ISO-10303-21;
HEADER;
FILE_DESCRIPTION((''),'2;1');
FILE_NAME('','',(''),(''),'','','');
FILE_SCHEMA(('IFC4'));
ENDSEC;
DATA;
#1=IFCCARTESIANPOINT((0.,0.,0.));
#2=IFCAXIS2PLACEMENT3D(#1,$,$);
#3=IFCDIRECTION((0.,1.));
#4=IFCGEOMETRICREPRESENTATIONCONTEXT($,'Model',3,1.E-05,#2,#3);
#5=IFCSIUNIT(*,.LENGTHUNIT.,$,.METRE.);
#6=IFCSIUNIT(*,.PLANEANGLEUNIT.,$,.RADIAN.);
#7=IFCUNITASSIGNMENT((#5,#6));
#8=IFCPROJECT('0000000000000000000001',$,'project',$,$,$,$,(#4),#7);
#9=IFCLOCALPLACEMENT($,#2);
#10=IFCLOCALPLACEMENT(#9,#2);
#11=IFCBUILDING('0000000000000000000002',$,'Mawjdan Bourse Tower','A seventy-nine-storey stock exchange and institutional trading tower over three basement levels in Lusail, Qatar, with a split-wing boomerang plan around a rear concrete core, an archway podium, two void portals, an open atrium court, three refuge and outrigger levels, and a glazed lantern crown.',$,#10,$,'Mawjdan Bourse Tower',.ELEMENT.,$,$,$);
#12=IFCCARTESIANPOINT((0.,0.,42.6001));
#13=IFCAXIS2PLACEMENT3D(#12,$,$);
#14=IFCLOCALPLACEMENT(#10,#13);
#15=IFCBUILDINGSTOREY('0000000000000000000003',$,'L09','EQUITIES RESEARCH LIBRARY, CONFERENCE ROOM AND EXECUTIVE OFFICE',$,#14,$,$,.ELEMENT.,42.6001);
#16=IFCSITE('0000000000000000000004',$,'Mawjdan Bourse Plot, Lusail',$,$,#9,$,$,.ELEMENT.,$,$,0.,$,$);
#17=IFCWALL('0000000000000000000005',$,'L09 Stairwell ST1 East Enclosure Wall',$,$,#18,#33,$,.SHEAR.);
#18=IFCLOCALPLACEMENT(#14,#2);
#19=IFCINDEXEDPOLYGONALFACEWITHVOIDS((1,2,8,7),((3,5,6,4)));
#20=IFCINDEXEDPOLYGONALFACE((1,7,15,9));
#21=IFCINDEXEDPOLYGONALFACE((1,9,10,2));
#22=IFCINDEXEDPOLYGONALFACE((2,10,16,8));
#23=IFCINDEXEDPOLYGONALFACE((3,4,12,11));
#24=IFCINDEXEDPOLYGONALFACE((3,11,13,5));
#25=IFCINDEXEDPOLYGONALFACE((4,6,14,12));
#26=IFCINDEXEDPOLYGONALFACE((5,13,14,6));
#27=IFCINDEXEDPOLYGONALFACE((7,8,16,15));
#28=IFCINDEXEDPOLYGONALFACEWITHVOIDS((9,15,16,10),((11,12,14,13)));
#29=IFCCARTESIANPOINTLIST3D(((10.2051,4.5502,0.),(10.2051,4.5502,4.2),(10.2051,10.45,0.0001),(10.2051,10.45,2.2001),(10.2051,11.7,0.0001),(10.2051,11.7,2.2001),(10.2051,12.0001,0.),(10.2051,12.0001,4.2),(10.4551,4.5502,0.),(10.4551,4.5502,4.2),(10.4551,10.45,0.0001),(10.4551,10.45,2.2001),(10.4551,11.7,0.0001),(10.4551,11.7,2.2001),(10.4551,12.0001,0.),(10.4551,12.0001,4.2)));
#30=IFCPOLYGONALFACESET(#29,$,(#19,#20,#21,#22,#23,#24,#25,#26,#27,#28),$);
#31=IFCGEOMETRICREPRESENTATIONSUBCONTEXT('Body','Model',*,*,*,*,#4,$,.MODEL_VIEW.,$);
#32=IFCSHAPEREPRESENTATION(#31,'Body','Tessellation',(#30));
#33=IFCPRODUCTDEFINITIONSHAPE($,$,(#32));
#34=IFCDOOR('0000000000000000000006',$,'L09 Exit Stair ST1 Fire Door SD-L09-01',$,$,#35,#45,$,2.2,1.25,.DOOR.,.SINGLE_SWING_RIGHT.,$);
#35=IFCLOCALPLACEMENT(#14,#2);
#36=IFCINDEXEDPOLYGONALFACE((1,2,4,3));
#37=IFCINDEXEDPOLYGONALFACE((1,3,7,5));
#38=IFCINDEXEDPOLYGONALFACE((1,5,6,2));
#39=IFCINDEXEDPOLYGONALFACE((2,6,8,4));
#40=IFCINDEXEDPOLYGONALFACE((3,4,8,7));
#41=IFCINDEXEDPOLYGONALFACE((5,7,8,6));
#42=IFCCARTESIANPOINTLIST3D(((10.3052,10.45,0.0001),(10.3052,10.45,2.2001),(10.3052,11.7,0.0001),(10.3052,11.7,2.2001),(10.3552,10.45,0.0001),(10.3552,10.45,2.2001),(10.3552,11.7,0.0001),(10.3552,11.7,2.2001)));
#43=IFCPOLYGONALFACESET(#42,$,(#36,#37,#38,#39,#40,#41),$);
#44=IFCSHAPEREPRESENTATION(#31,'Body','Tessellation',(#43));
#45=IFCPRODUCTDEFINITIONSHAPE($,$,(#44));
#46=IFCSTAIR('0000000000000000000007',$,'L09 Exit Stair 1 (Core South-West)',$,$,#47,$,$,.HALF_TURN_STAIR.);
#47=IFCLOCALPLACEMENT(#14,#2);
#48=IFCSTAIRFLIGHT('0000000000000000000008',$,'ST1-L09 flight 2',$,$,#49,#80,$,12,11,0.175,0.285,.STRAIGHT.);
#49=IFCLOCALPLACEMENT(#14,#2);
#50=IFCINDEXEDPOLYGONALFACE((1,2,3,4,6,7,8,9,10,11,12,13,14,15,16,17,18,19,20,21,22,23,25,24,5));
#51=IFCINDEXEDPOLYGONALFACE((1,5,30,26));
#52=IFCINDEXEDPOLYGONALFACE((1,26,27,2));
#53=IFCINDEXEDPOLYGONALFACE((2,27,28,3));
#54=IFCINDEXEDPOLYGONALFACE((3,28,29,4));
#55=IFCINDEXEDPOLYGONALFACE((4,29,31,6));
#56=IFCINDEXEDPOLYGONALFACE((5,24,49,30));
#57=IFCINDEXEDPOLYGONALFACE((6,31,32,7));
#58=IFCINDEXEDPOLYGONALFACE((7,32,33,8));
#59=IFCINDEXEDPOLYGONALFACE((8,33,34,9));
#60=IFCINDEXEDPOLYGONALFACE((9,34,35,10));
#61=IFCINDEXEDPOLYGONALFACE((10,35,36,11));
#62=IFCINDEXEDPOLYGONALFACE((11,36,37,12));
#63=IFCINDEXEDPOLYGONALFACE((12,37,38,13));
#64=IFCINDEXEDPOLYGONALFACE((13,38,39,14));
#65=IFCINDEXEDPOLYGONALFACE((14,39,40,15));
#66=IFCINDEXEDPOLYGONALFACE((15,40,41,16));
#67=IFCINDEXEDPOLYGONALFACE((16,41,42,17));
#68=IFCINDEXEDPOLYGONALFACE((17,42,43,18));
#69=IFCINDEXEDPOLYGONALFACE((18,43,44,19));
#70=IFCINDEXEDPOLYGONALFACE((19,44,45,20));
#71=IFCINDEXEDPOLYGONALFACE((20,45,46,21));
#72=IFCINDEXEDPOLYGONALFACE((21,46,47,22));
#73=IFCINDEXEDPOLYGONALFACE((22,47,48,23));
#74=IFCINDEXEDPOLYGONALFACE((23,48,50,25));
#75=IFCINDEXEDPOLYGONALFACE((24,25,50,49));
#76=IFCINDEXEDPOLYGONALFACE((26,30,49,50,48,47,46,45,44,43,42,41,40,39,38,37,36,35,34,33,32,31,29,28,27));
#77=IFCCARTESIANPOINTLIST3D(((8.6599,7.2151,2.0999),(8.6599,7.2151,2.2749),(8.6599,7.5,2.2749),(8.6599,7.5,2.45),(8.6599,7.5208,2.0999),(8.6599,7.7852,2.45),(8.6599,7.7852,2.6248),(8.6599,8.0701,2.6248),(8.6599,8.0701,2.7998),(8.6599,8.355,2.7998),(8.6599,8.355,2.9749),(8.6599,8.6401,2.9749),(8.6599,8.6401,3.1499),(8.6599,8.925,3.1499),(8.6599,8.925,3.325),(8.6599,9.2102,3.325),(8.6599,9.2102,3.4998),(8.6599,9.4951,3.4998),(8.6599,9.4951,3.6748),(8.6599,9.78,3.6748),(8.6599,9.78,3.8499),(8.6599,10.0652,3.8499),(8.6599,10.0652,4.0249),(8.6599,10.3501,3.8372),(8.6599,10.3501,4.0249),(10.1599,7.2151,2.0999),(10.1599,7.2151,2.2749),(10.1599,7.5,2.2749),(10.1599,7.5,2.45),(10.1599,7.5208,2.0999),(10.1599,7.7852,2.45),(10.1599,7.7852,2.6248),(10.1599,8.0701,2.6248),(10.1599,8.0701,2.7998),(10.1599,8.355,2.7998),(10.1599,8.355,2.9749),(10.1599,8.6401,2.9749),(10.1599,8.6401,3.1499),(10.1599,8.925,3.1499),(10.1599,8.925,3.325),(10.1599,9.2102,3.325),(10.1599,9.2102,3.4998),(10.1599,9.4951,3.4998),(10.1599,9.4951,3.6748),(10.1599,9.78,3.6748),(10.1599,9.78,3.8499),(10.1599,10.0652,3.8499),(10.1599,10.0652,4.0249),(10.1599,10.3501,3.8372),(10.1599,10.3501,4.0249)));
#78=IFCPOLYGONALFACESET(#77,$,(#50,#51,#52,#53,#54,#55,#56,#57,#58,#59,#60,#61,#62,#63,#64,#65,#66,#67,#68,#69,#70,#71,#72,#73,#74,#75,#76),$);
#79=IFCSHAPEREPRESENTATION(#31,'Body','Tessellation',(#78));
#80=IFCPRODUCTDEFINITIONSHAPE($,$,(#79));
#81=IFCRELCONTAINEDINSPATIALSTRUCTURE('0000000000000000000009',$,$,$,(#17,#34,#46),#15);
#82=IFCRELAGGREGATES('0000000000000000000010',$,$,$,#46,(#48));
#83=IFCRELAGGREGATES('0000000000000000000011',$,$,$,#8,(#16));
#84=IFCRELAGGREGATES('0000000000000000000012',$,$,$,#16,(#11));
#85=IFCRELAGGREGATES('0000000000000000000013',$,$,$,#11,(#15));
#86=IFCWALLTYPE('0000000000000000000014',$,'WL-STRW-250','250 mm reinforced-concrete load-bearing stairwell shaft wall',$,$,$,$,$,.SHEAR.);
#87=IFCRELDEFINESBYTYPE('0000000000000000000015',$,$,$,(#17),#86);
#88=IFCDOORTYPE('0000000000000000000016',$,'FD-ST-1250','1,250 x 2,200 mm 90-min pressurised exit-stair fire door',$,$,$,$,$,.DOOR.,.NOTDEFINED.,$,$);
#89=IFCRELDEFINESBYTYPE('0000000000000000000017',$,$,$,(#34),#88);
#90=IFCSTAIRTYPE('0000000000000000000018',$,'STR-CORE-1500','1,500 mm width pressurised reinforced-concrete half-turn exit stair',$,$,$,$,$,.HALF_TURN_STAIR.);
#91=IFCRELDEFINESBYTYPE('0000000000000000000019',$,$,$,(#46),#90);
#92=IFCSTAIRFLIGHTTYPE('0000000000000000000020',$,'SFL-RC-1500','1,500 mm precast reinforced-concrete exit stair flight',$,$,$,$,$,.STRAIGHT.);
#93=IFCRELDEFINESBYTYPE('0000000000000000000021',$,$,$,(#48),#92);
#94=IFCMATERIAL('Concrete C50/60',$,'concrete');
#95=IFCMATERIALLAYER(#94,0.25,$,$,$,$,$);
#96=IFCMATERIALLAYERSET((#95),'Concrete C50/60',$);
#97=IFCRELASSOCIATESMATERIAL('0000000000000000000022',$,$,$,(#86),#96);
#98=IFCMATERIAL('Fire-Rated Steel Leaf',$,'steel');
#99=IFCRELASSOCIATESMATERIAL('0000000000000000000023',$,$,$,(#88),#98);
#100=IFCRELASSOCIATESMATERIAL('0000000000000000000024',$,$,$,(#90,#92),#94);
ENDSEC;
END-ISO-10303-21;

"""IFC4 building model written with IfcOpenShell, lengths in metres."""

from ifc_helpers import new_model, si_unit, direction, frame, frame_2d, origin, place, context, subcontext, project, spatial, polyline, rectangle, outline, extrude, material, layer, layer_set, type_object, element, fill, aggregate, save


model = new_model("IFC4")

# Units and contexts
model_context = context("Model", 3, precision=1e-05, world=origin(), true_north=direction((0.0, 1.0)))
body_context = subcontext(model_context, "Body", "Model", "MODEL_VIEW")
ifc_project = project(units=[si_unit("LENGTHUNIT", "METRE"), si_unit("PLANEANGLEUNIT", "RADIAN")], contexts=[model_context])

# Site, building, storey
site_placement = place(None, origin())
site = spatial("IfcSite", under=ifc_project, at=site_placement, Name="Mawjdan Bourse Plot, Lusail", CompositionType="ELEMENT", RefElevation=0.0)
building_placement = place(site_placement, origin())
building = spatial("IfcBuilding", under=site, at=building_placement, Name="Mawjdan Bourse Tower", Description="A seventy-nine-storey stock exchange and institutional trading tower over three basement levels in Lusail, Qatar, with a split-wing boomerang plan around a rear concrete core, an archway podium, two void portals, an open atrium court, three refuge and outrigger levels, and a glazed lantern crown.", LongName="Mawjdan Bourse Tower", CompositionType="ELEMENT")
storey_placement = place(building_placement, frame((0.0, 0.0, 42.6001)))
storey = spatial("IfcBuildingStorey", under=building, at=storey_placement, Name="L09", Description="EQUITIES RESEARCH LIBRARY, CONFERENCE ROOM AND EXECUTIVE OFFICE", CompositionType="ELEMENT", Elevation=42.6001)

# Shared definitions
ifc_material_1 = material(Name="Concrete C50/60", Category="concrete")

# Shared definitions
ifc_material_2 = material(Name="Fire-Rated Steel Leaf", Category="steel")

# Wall, opening, door
ifc_layer_1 = layer(ifc_material_1, 0.25)
ifc_layer_set_1 = layer_set([ifc_layer_1], Name="Concrete C50/60")
wall_type_1 = type_object("IfcWallType", Name="WL-STRW-250", Description="250 mm reinforced-concrete load-bearing stairwell shaft wall", PredefinedType="SHEAR", material=ifc_layer_set_1)
wall_1_placement = place(storey_placement, frame((10.3301, 4.55, 0.0), z_axis=(0.0, 0.0, 1.0), x_axis=(0.0, 1.0, 0.0)))
wall_1 = element("IfcWall", 1, at=wall_1_placement, inside=storey, type_object=wall_type_1, Name="L09 Stairwell ST1 East Enclosure Wall", PredefinedType="SHEAR", context=body_context, shape_type="SweptSolid", body=[
    extrude(rectangle(XDim=7.45, YDim=0.25, at=frame_2d((3.7251, 0.0))), origin(), (0.0, 0.0, 1.0), 4.2),
])
opening_1_placement = place(wall_1_placement, frame((5.8999, 0.0, 0.0)))
opening_1 = element("IfcOpeningElement", 2, at=opening_1_placement, cuts=wall_1, PredefinedType="OPENING", context=body_context, shape_type="SweptSolid", body=[
    extrude(rectangle(XDim=1.25, YDim=2.2, at=frame_2d((0.625, 1.1001))), frame((0.0, 0.135, 0.0), z_axis=(0.0, -1.0, 0.0), x_axis=(1.0, 0.0, 0.0)), (0.0, 0.0, 1.0), 0.27),
])
door_type_1 = type_object("IfcDoorType", Name="FD-ST-1250", Description="1,250 x 2,200 mm 90-min pressurised exit-stair fire door", OperationType="NOTDEFINED", PredefinedType="DOOR", material=ifc_material_2)
door_1_placement = place(opening_1_placement, origin())
door_1 = element("IfcDoor", 3, at=door_1_placement, inside=storey, type_object=door_type_1, Name="L09 Exit Stair ST1 Fire Door SD-L09-01", OperationType="SINGLE_SWING_RIGHT", OverallHeight=2.2, OverallWidth=1.25, PredefinedType="DOOR", context=body_context, shape_type="SweptSolid", body=[
    extrude(rectangle(XDim=1.25, YDim=2.2, at=frame_2d((0.625, 1.1001))), frame((0.0, 0.0249, 0.0), z_axis=(0.0, -1.0, 0.0), x_axis=(1.0, 0.0, 0.0)), (0.0, 0.0, 1.0), 0.05),
])
fill(opening_1, door_1)

# Stair, stair flight
stair_type = type_object("IfcStairType", Name="STR-CORE-1500", Description="1,500 mm width pressurised reinforced-concrete half-turn exit stair", PredefinedType="HALF_TURN_STAIR", material=ifc_material_1)
stair_placement = place(storey_placement, origin())
stair = element("IfcStair", 4, at=stair_placement, inside=storey, type_object=stair_type, Name="L09 Exit Stair 1 (Core South-West)", PredefinedType="HALF_TURN_STAIR")
stair_flight_type = type_object("IfcStairFlightType", Name="SFL-RC-1500", Description="1,500 mm precast reinforced-concrete exit stair flight", PredefinedType="STRAIGHT", material=ifc_material_1)
stair_flight_placement = place(storey_placement, frame((9.4099, 7.2151, 2.0999), z_axis=(0.0, 0.0, 1.0), x_axis=(0.0, 1.0, 0.0)))
stair_flight = element("IfcStairFlight", 5, at=stair_flight_placement, type_object=stair_flight_type, Name="ST1-L09 flight 2", NumberOfRisers=12, NumberOfTreads=11, PredefinedType="STRAIGHT", RiserHeight=0.175, TreadLength=0.285, context=body_context, shape_type="SweptSolid", body=[
    extrude(outline(polyline([(0.0, 0.0), (0.0, 0.175), (0.2849, 0.175), (0.2849, 0.3501), (0.5701, 0.3501), (0.5701, 0.5249), (0.855, 0.5249), (0.855, 0.7), (1.1399, 0.7), (1.1399, 0.875), (1.425, 0.875), (1.425, 1.05), (1.71, 1.05), (1.71, 1.2251), (1.9951, 1.2251), (1.9951, 1.3999), (2.28, 1.3999), (2.28, 1.575), (2.5649, 1.575), (2.5649, 1.75), (2.8501, 1.75), (2.8501, 1.925), (3.135, 1.925), (3.135, 2.1001), (3.135, 1.7373), (0.3057, 0.0), (0.0, 0.0)])), frame((0.0, 0.75, 0.0), z_axis=(0.0, -1.0, 0.0), x_axis=(1.0, 0.0, 0.0)), (0.0, 0.0, 1.0), 1.5),
])
aggregate(stair, [stair_flight])

save(model, "model.ifc")
